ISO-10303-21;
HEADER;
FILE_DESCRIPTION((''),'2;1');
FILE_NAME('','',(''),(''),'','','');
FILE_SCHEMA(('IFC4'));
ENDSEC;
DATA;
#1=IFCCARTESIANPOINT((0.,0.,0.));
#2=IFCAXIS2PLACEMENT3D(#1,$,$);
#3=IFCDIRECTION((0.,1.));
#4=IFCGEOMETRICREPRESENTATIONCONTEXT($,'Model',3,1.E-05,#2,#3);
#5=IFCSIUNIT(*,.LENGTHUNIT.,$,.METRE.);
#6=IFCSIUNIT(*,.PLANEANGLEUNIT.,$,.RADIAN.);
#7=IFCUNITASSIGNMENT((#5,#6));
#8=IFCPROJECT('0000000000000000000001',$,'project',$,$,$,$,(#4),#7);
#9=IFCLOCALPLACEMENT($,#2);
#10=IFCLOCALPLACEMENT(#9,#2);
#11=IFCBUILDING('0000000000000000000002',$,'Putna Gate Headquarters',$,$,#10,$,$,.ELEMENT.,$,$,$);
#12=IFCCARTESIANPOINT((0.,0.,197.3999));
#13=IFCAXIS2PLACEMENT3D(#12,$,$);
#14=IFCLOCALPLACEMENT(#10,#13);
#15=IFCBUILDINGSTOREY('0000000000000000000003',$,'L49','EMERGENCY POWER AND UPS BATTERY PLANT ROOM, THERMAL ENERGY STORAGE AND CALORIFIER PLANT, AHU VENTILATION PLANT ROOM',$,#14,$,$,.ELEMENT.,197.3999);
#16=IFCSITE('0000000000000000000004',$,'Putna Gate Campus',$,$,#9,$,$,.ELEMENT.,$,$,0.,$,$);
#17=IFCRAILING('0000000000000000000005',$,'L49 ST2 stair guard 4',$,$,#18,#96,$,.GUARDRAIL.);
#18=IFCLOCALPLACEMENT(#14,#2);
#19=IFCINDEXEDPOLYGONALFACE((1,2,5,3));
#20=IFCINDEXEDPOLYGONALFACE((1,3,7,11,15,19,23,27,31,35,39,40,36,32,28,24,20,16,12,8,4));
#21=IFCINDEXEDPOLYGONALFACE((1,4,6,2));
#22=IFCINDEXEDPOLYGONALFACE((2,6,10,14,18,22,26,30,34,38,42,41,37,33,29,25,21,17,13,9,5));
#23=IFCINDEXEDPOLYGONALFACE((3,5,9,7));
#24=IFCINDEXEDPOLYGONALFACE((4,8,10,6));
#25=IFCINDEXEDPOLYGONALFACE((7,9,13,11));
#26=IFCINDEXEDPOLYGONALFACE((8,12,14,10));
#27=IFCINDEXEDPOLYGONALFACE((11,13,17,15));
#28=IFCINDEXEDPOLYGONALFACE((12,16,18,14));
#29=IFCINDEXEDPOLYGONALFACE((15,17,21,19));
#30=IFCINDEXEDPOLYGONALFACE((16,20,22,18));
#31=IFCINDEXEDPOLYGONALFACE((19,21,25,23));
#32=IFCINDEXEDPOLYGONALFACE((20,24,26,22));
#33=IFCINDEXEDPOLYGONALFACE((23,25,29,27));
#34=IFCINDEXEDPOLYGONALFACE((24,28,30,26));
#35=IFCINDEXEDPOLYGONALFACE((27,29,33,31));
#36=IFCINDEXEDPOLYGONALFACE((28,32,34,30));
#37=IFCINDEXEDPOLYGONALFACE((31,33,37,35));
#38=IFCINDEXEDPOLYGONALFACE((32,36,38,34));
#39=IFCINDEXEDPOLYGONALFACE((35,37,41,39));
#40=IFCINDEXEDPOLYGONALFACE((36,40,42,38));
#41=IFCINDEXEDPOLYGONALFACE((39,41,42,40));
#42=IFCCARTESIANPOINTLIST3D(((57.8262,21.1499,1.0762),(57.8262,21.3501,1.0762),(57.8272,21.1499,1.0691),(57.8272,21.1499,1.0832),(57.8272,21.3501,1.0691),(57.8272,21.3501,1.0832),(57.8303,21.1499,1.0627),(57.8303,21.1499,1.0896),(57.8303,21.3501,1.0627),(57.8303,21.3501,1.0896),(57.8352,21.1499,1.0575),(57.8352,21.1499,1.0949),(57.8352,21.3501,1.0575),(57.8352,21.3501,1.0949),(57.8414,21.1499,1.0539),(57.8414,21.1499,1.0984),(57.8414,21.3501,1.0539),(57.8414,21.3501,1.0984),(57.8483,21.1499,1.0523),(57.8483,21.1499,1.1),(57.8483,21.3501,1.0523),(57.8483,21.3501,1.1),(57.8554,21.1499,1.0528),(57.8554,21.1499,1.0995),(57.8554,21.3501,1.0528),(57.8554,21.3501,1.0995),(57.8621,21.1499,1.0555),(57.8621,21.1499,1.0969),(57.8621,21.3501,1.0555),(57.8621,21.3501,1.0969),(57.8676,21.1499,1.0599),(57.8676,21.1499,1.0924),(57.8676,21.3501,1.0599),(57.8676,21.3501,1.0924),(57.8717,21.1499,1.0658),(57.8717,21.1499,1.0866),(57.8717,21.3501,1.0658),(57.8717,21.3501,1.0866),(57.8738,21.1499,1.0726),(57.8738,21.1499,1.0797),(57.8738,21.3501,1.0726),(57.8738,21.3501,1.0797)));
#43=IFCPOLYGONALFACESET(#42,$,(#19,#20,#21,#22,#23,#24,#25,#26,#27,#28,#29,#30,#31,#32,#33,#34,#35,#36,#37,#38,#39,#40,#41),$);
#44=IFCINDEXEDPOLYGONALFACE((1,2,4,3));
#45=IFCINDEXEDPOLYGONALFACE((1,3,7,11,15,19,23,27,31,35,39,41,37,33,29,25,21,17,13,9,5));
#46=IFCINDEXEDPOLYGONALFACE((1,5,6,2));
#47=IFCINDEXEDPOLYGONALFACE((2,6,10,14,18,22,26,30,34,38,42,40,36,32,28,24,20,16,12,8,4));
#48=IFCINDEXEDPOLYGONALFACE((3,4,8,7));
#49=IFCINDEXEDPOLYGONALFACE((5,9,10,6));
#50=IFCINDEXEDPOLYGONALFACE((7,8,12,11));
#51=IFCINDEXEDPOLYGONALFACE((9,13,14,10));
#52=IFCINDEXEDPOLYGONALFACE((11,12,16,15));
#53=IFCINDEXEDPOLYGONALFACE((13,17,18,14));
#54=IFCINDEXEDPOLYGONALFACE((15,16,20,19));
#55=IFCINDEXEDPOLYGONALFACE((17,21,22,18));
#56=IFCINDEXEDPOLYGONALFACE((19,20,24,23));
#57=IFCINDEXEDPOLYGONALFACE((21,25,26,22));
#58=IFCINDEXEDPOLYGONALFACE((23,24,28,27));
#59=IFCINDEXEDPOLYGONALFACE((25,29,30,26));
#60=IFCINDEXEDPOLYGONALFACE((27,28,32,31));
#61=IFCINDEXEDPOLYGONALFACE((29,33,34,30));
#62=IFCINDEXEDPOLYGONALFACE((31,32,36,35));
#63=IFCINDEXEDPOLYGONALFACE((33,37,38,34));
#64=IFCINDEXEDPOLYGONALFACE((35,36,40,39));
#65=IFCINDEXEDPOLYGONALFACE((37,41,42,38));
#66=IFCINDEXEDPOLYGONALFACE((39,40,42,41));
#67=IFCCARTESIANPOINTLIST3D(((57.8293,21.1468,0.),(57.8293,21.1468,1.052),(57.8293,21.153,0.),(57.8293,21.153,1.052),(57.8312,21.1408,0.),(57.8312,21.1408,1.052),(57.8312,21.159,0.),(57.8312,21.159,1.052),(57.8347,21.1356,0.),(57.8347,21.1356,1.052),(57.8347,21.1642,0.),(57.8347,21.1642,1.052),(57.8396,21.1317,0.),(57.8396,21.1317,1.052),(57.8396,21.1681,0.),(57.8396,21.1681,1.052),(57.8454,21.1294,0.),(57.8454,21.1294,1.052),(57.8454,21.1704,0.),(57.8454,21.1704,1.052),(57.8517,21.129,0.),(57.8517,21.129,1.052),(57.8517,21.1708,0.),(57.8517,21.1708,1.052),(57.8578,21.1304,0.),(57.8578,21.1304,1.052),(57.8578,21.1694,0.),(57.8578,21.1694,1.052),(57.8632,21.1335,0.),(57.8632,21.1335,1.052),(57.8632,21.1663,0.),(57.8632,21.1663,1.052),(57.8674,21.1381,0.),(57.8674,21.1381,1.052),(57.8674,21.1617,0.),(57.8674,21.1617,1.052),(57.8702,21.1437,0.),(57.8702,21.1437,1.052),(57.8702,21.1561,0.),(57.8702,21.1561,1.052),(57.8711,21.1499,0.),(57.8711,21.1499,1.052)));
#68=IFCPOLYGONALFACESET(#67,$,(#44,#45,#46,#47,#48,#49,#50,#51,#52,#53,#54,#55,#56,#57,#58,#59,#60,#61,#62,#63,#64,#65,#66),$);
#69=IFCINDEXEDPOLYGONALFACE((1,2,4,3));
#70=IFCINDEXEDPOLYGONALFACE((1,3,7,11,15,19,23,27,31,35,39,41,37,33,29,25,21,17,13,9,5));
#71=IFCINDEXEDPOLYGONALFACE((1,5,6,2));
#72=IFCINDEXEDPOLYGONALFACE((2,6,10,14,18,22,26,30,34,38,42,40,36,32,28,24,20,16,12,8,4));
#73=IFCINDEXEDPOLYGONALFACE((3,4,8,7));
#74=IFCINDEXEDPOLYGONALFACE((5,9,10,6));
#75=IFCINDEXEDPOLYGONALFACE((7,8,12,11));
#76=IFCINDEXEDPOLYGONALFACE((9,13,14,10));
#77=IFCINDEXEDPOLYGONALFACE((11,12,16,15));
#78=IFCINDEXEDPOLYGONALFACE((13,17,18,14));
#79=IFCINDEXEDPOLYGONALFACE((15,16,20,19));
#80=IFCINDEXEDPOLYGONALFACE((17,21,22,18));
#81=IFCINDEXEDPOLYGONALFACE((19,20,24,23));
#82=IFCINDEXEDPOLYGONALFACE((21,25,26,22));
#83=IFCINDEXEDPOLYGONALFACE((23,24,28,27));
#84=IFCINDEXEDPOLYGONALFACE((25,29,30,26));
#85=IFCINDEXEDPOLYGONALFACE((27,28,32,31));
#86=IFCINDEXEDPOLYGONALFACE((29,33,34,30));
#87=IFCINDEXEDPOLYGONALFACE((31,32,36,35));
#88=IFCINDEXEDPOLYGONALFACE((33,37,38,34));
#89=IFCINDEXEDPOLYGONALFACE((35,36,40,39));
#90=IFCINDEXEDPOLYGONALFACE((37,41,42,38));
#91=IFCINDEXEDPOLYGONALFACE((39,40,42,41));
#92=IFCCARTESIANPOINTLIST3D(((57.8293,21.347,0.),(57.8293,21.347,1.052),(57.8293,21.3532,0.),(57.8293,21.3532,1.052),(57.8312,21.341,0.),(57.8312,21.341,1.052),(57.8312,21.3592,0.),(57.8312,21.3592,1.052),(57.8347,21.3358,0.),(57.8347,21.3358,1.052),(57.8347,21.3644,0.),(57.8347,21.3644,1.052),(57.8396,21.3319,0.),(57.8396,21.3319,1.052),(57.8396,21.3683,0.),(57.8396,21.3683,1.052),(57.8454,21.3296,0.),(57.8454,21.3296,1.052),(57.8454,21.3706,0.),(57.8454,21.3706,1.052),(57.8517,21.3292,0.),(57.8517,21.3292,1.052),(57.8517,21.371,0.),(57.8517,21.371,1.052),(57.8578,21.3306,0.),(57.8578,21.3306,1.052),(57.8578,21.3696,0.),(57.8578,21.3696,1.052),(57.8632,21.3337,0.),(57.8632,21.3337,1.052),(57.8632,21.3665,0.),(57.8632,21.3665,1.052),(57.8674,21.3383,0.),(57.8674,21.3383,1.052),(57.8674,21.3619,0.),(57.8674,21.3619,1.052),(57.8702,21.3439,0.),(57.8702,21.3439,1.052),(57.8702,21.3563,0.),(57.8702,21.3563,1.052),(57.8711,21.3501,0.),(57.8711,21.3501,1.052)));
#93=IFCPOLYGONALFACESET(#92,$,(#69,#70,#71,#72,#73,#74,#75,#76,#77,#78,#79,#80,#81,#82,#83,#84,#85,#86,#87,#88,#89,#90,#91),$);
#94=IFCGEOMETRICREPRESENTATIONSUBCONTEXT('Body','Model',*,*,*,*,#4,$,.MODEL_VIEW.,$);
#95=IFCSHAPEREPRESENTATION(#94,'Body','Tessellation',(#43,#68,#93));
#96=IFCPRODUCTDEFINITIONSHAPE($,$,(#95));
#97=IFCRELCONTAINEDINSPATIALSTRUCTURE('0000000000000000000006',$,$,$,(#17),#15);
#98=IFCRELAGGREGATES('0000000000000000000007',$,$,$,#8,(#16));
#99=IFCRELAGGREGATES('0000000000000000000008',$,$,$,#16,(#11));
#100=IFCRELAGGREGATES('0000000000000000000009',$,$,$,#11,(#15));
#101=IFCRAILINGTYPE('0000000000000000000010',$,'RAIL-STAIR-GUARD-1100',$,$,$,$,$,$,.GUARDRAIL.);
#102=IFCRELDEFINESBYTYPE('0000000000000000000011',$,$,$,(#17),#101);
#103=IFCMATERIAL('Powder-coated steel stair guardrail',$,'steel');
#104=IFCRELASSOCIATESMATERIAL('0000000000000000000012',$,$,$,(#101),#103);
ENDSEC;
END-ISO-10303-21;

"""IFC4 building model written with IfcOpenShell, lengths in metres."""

from ifc_helpers import new_model, si_unit, direction, frame, origin, origin_2d, place, context, subcontext, project, spatial, circle, extrude, material, type_object, element, save


model = new_model("IFC4")

# Units and contexts
model_context = context("Model", 3, precision=1e-05, world=origin(), true_north=direction((0.0, 1.0)))
body_context = subcontext(model_context, "Body", "Model", "MODEL_VIEW")
ifc_project = project(units=[si_unit("LENGTHUNIT", "METRE"), si_unit("PLANEANGLEUNIT", "RADIAN")], contexts=[model_context])

# Site, building, storey
site_placement = place(None, origin())
site = spatial("IfcSite", under=ifc_project, at=site_placement, Name="Putna Gate Campus", CompositionType="ELEMENT", RefElevation=0.0)
building_placement = place(site_placement, origin())
building = spatial("IfcBuilding", under=site, at=building_placement, Name="Putna Gate Headquarters", CompositionType="ELEMENT")
storey_placement = place(building_placement, frame((0.0, 0.0, 197.3999)))
storey = spatial("IfcBuildingStorey", under=building, at=storey_placement, Name="L49", Description="EMERGENCY POWER AND UPS BATTERY PLANT ROOM, THERMAL ENERGY STORAGE AND CALORIFIER PLANT, AHU VENTILATION PLANT ROOM", CompositionType="ELEMENT", Elevation=197.3999)

# Railing
ifc_material_1 = material(Name="Powder-coated steel stair guardrail", Category="steel")
railing_type_1 = type_object("IfcRailingType", Name="RAIL-STAIR-GUARD-1100", PredefinedType="GUARDRAIL", material=ifc_material_1)
railing_1_placement = place(storey_placement, frame((57.8501, 21.1499, 0.0)))
element("IfcRailing", 1, at=railing_1_placement, inside=storey, type_object=railing_type_1, Name="L49 ST2 stair guard 4", PredefinedType="GUARDRAIL", context=body_context, shape_type="SweptSolid", body=[
    extrude(circle(Radius=0.0239, at=origin_2d()), frame((0.0, 0.0, 1.0762), z_axis=(0.0, 1.0, 0.0), x_axis=(-1.0, 0.0, 0.0)), (0.0, 0.0, 1.0), 0.2002),
    extrude(circle(Radius=0.021, at=origin_2d()), origin(), (0.0, 0.0, 1.0), 1.052),
    extrude(circle(Radius=0.021, at=origin_2d()), frame((0.0, 0.2002, 0.0)), (0.0, 0.0, 1.0), 1.052),
])

save(model, "model.ifc")
